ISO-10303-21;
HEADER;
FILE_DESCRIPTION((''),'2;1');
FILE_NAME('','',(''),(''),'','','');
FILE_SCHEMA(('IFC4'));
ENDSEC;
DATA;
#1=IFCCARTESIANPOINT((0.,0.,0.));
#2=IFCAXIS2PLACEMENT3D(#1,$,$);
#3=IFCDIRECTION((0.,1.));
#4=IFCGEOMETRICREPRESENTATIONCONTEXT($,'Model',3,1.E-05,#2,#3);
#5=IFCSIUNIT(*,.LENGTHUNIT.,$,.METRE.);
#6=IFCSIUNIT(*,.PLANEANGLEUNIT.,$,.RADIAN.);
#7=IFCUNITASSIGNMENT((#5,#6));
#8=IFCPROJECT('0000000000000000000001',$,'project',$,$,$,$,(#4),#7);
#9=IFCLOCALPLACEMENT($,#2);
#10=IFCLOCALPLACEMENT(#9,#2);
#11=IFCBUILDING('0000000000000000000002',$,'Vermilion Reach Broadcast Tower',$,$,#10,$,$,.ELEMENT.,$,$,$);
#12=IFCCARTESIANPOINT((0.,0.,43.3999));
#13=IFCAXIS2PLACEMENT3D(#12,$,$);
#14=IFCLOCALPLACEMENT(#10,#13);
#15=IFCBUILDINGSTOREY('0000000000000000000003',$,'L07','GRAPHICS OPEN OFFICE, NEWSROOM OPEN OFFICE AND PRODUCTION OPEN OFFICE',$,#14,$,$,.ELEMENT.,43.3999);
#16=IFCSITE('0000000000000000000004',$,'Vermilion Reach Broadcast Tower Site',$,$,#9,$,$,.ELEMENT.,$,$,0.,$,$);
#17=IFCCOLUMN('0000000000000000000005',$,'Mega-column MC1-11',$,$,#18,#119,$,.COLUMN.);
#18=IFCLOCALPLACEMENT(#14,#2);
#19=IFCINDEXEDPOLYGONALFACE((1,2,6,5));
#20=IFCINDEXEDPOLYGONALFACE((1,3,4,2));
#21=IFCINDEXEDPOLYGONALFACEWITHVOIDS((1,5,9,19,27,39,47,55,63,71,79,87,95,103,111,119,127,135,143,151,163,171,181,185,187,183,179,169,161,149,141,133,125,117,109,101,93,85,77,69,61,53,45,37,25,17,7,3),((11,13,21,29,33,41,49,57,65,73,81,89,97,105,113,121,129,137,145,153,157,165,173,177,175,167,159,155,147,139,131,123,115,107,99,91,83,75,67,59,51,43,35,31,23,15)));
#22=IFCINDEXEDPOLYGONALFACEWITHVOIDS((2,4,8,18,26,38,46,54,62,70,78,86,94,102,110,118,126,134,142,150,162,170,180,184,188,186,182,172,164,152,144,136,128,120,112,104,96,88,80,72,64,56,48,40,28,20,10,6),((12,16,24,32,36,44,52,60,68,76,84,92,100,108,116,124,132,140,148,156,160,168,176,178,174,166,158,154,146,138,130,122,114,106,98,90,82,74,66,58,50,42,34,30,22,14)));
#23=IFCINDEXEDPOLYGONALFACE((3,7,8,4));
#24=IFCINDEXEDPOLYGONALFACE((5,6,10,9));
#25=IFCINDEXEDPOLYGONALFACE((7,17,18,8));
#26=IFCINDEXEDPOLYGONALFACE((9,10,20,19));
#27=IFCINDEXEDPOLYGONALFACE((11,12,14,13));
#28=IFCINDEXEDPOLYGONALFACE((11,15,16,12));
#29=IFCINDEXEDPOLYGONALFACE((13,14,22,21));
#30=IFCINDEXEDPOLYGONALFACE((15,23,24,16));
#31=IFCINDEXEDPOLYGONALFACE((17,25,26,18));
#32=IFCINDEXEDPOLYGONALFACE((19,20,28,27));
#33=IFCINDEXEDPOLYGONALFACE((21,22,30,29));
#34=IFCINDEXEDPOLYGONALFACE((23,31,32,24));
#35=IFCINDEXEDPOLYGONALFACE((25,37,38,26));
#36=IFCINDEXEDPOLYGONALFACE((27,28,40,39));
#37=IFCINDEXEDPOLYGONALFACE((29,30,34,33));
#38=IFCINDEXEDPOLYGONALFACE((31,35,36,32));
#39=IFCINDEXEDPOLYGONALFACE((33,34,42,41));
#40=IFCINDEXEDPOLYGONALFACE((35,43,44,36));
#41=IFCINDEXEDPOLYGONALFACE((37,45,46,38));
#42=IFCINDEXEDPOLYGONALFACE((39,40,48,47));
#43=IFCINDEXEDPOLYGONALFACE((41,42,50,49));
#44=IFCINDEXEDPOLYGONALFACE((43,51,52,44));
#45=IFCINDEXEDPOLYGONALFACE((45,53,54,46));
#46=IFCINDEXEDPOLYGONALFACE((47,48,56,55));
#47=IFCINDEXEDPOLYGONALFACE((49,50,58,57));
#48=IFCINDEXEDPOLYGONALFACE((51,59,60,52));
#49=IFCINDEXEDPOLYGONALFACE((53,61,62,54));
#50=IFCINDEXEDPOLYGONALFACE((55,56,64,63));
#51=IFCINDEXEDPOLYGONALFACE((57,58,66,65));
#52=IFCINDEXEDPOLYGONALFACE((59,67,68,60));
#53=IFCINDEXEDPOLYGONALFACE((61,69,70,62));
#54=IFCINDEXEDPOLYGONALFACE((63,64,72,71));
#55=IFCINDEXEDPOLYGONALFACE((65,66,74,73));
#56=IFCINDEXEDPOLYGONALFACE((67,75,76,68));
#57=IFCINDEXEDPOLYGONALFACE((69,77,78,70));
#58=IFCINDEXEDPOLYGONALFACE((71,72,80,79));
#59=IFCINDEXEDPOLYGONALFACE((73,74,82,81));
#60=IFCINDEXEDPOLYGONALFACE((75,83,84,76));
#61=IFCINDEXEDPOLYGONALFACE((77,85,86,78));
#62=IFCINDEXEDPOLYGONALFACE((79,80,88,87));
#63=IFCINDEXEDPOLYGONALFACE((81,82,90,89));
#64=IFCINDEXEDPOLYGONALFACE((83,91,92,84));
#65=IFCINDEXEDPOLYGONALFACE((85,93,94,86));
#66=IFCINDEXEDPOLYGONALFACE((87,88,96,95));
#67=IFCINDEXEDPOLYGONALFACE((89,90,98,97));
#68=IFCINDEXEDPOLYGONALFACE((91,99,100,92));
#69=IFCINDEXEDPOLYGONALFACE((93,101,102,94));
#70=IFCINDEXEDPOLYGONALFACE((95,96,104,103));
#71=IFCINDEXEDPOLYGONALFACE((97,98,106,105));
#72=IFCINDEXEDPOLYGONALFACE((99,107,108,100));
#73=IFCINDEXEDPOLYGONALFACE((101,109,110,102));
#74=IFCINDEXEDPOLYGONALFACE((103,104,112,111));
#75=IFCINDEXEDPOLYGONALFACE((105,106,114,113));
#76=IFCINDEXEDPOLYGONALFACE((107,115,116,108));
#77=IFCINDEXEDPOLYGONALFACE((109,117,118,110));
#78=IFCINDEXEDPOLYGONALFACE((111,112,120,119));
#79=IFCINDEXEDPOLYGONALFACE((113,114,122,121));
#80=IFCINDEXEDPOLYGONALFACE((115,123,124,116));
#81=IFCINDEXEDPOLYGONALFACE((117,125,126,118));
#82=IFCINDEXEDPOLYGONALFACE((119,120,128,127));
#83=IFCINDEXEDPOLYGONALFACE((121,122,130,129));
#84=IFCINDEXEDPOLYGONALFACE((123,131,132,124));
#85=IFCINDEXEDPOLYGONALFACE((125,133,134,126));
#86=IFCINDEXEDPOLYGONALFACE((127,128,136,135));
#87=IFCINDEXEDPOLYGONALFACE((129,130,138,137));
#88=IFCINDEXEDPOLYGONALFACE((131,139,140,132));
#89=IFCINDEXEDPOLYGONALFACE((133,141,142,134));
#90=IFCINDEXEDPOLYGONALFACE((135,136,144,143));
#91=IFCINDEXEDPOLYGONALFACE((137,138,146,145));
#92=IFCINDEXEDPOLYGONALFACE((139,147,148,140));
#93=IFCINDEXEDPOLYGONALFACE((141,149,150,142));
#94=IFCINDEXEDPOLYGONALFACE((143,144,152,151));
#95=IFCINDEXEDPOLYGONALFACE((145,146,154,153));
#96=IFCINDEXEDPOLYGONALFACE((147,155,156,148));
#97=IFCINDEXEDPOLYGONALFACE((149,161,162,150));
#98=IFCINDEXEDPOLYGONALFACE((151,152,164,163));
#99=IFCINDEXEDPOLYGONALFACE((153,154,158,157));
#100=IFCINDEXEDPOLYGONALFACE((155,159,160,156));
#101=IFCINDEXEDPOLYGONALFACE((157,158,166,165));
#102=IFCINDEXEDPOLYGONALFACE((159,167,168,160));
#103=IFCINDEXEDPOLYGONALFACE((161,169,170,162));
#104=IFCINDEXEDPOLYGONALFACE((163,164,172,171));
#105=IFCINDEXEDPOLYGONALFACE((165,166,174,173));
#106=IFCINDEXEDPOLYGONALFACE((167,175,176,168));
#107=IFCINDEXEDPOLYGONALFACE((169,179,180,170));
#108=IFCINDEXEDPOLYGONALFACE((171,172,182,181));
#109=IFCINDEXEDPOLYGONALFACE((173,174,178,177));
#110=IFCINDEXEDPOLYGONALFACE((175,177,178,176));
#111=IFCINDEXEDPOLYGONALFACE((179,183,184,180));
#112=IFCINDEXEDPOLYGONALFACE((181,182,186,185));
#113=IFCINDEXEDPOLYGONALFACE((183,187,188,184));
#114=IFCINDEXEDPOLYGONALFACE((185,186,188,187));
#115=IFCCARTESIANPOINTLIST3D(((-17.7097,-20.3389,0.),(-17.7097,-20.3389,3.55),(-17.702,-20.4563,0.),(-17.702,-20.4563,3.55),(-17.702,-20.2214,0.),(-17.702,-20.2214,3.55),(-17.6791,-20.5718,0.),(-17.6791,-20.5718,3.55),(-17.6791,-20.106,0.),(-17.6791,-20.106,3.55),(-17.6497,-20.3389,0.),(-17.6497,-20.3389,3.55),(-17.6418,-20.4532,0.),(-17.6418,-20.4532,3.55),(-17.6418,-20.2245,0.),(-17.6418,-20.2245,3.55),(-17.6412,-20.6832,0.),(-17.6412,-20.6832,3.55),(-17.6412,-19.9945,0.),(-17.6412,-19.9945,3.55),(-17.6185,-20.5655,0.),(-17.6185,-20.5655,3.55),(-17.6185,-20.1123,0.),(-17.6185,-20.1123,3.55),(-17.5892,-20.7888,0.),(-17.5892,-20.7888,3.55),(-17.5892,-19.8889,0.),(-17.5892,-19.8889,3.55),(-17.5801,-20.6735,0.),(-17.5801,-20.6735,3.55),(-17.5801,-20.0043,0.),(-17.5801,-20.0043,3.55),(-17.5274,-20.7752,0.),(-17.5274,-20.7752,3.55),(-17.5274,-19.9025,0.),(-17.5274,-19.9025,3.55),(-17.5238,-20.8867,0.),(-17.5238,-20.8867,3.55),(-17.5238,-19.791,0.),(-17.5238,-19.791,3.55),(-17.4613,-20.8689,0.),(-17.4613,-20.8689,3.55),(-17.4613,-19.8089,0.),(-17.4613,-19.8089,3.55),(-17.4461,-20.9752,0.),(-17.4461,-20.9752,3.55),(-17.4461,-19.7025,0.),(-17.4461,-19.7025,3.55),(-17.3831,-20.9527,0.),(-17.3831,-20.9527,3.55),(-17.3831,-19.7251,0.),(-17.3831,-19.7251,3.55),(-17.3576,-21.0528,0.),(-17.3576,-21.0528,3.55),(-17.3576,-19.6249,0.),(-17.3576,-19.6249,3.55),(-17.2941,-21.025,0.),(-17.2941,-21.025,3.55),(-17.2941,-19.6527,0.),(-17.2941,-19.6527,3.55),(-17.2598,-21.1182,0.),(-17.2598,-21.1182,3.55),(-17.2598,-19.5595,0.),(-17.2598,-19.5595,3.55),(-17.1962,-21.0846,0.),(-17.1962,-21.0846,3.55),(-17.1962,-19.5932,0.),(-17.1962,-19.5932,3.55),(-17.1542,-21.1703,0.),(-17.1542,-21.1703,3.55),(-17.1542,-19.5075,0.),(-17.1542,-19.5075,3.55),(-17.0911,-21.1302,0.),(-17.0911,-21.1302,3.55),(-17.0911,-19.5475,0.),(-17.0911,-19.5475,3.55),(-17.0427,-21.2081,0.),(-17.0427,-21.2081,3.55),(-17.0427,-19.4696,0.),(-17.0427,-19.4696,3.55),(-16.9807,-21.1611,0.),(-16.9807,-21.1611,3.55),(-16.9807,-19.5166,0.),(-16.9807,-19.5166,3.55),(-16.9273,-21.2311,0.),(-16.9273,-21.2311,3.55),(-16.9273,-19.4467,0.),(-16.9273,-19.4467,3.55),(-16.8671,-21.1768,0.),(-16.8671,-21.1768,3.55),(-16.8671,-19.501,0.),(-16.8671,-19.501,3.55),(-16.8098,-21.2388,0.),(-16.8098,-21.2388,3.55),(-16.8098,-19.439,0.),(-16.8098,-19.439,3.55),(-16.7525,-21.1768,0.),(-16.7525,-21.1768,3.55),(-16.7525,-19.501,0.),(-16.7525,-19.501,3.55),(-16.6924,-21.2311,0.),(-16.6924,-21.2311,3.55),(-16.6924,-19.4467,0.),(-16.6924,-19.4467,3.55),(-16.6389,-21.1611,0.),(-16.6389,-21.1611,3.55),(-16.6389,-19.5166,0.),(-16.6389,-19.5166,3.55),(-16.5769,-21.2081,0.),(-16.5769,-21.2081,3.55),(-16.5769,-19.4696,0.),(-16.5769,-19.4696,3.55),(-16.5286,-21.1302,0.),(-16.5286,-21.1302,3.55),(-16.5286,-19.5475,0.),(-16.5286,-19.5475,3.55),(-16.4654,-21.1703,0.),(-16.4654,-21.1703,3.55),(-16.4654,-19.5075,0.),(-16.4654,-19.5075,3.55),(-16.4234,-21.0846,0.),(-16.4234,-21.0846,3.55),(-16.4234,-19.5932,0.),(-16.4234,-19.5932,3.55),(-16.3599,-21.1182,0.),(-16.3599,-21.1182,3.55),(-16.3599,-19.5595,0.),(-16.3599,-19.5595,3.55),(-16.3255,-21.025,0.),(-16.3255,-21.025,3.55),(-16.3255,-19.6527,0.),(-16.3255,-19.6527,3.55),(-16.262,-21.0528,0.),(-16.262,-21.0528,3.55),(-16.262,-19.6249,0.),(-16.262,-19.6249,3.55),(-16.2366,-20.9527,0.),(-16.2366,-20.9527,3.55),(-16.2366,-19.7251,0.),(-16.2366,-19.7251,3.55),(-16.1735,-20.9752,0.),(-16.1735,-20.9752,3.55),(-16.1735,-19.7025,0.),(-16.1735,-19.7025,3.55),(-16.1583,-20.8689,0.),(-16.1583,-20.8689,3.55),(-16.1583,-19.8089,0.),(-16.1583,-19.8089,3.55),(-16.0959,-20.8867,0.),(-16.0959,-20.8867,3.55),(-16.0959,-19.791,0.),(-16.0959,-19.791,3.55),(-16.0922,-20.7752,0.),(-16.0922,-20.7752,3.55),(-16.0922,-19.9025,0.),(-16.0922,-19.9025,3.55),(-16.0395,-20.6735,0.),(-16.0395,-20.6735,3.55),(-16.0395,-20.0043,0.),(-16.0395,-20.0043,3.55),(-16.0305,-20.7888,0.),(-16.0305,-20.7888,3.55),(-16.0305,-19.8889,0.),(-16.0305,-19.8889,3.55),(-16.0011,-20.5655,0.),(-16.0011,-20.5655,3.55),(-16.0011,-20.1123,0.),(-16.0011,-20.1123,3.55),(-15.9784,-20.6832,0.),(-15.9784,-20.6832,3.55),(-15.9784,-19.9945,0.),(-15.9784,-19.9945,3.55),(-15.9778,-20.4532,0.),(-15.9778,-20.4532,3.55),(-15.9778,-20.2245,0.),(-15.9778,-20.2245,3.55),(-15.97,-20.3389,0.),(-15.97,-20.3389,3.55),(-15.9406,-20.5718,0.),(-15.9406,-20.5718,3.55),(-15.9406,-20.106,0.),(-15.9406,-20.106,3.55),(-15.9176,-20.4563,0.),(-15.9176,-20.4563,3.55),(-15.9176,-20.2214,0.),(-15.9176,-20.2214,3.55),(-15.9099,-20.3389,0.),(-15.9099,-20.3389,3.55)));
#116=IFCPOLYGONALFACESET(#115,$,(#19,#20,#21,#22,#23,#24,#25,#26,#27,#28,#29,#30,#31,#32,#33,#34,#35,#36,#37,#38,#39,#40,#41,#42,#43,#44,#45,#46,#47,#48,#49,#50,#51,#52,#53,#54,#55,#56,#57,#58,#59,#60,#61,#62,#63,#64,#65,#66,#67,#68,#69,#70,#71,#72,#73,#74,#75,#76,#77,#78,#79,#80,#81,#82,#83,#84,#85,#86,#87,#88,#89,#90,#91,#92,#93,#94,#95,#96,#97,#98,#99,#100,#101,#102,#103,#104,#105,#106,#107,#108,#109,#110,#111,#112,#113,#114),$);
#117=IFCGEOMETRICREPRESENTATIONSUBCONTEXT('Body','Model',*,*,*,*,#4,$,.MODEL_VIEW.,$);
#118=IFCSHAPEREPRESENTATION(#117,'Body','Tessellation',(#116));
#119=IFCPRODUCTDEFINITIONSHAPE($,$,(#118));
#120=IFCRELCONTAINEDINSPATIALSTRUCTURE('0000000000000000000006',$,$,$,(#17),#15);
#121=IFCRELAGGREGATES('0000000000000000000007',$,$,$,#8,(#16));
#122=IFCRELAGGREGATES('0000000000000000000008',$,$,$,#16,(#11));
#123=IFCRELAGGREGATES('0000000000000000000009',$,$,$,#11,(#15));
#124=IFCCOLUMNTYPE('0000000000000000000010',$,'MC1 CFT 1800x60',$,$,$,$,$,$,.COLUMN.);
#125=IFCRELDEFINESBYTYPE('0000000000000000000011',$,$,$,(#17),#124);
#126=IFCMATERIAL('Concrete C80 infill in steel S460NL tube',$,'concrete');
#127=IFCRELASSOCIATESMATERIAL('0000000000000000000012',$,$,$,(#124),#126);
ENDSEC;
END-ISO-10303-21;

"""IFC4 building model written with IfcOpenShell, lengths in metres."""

from ifc_helpers import new_model, si_unit, direction, frame, origin, origin_2d, place, context, subcontext, project, spatial, hollow_circle, extrude, material, material_profile, profile_set, type_object, element, save


model = new_model("IFC4")

# Units and contexts
model_context = context("Model", 3, precision=1e-05, world=origin(), true_north=direction((0.0, 1.0)))
body_context = subcontext(model_context, "Body", "Model", "MODEL_VIEW")
ifc_project = project(units=[si_unit("LENGTHUNIT", "METRE"), si_unit("PLANEANGLEUNIT", "RADIAN")], contexts=[model_context])

# Site, building, storey
site_placement = place(None, origin())
site = spatial("IfcSite", under=ifc_project, at=site_placement, Name="Vermilion Reach Broadcast Tower Site", CompositionType="ELEMENT", RefElevation=0.0)
building_placement = place(site_placement, origin())
building = spatial("IfcBuilding", under=site, at=building_placement, Name="Vermilion Reach Broadcast Tower", CompositionType="ELEMENT")
storey_placement = place(building_placement, frame((0.0, 0.0, 43.3999)))
storey = spatial("IfcBuildingStorey", under=building, at=storey_placement, Name="L07", Description="GRAPHICS OPEN OFFICE, NEWSROOM OPEN OFFICE AND PRODUCTION OPEN OFFICE", CompositionType="ELEMENT", Elevation=43.3999)

# Column
ifc_material_1 = material(Name="Concrete C80 infill in steel S460NL tube", Category="concrete")
ifc_material_profile_1 = material_profile(ifc_material_1, hollow_circle(Radius=0.8999, WallThickness=0.0601, at=origin_2d()), Name="Concrete C80 infill in steel S460NL tube CFT 1800x60")
ifc_profile_set_1 = profile_set([ifc_material_profile_1], Name="Concrete C80 infill in steel S460NL tube")
column_type = type_object("IfcColumnType", Name="MC1 CFT 1800x60", PredefinedType="COLUMN", material=ifc_profile_set_1)
for number, where, z_axis, x_axis, name in (
    (1, (-16.8098, -20.3389, 0.0), (0.0, 0.0, 1.0), (1.0, 0.0, 0.0), "Mega-column MC1-11"),
):
    element("IfcColumn", number, at=place(storey_placement, frame(where, z_axis=z_axis, x_axis=x_axis)), inside=storey, type_object=column_type, Name=name, PredefinedType="COLUMN", context=body_context, shape_type="SweptSolid", body=[
        extrude(hollow_circle(Radius=0.8999, WallThickness=0.0601, at=origin_2d()), origin(), (0.0, 0.0, 1.0), 3.55),
    ])

save(model, "model.ifc")
